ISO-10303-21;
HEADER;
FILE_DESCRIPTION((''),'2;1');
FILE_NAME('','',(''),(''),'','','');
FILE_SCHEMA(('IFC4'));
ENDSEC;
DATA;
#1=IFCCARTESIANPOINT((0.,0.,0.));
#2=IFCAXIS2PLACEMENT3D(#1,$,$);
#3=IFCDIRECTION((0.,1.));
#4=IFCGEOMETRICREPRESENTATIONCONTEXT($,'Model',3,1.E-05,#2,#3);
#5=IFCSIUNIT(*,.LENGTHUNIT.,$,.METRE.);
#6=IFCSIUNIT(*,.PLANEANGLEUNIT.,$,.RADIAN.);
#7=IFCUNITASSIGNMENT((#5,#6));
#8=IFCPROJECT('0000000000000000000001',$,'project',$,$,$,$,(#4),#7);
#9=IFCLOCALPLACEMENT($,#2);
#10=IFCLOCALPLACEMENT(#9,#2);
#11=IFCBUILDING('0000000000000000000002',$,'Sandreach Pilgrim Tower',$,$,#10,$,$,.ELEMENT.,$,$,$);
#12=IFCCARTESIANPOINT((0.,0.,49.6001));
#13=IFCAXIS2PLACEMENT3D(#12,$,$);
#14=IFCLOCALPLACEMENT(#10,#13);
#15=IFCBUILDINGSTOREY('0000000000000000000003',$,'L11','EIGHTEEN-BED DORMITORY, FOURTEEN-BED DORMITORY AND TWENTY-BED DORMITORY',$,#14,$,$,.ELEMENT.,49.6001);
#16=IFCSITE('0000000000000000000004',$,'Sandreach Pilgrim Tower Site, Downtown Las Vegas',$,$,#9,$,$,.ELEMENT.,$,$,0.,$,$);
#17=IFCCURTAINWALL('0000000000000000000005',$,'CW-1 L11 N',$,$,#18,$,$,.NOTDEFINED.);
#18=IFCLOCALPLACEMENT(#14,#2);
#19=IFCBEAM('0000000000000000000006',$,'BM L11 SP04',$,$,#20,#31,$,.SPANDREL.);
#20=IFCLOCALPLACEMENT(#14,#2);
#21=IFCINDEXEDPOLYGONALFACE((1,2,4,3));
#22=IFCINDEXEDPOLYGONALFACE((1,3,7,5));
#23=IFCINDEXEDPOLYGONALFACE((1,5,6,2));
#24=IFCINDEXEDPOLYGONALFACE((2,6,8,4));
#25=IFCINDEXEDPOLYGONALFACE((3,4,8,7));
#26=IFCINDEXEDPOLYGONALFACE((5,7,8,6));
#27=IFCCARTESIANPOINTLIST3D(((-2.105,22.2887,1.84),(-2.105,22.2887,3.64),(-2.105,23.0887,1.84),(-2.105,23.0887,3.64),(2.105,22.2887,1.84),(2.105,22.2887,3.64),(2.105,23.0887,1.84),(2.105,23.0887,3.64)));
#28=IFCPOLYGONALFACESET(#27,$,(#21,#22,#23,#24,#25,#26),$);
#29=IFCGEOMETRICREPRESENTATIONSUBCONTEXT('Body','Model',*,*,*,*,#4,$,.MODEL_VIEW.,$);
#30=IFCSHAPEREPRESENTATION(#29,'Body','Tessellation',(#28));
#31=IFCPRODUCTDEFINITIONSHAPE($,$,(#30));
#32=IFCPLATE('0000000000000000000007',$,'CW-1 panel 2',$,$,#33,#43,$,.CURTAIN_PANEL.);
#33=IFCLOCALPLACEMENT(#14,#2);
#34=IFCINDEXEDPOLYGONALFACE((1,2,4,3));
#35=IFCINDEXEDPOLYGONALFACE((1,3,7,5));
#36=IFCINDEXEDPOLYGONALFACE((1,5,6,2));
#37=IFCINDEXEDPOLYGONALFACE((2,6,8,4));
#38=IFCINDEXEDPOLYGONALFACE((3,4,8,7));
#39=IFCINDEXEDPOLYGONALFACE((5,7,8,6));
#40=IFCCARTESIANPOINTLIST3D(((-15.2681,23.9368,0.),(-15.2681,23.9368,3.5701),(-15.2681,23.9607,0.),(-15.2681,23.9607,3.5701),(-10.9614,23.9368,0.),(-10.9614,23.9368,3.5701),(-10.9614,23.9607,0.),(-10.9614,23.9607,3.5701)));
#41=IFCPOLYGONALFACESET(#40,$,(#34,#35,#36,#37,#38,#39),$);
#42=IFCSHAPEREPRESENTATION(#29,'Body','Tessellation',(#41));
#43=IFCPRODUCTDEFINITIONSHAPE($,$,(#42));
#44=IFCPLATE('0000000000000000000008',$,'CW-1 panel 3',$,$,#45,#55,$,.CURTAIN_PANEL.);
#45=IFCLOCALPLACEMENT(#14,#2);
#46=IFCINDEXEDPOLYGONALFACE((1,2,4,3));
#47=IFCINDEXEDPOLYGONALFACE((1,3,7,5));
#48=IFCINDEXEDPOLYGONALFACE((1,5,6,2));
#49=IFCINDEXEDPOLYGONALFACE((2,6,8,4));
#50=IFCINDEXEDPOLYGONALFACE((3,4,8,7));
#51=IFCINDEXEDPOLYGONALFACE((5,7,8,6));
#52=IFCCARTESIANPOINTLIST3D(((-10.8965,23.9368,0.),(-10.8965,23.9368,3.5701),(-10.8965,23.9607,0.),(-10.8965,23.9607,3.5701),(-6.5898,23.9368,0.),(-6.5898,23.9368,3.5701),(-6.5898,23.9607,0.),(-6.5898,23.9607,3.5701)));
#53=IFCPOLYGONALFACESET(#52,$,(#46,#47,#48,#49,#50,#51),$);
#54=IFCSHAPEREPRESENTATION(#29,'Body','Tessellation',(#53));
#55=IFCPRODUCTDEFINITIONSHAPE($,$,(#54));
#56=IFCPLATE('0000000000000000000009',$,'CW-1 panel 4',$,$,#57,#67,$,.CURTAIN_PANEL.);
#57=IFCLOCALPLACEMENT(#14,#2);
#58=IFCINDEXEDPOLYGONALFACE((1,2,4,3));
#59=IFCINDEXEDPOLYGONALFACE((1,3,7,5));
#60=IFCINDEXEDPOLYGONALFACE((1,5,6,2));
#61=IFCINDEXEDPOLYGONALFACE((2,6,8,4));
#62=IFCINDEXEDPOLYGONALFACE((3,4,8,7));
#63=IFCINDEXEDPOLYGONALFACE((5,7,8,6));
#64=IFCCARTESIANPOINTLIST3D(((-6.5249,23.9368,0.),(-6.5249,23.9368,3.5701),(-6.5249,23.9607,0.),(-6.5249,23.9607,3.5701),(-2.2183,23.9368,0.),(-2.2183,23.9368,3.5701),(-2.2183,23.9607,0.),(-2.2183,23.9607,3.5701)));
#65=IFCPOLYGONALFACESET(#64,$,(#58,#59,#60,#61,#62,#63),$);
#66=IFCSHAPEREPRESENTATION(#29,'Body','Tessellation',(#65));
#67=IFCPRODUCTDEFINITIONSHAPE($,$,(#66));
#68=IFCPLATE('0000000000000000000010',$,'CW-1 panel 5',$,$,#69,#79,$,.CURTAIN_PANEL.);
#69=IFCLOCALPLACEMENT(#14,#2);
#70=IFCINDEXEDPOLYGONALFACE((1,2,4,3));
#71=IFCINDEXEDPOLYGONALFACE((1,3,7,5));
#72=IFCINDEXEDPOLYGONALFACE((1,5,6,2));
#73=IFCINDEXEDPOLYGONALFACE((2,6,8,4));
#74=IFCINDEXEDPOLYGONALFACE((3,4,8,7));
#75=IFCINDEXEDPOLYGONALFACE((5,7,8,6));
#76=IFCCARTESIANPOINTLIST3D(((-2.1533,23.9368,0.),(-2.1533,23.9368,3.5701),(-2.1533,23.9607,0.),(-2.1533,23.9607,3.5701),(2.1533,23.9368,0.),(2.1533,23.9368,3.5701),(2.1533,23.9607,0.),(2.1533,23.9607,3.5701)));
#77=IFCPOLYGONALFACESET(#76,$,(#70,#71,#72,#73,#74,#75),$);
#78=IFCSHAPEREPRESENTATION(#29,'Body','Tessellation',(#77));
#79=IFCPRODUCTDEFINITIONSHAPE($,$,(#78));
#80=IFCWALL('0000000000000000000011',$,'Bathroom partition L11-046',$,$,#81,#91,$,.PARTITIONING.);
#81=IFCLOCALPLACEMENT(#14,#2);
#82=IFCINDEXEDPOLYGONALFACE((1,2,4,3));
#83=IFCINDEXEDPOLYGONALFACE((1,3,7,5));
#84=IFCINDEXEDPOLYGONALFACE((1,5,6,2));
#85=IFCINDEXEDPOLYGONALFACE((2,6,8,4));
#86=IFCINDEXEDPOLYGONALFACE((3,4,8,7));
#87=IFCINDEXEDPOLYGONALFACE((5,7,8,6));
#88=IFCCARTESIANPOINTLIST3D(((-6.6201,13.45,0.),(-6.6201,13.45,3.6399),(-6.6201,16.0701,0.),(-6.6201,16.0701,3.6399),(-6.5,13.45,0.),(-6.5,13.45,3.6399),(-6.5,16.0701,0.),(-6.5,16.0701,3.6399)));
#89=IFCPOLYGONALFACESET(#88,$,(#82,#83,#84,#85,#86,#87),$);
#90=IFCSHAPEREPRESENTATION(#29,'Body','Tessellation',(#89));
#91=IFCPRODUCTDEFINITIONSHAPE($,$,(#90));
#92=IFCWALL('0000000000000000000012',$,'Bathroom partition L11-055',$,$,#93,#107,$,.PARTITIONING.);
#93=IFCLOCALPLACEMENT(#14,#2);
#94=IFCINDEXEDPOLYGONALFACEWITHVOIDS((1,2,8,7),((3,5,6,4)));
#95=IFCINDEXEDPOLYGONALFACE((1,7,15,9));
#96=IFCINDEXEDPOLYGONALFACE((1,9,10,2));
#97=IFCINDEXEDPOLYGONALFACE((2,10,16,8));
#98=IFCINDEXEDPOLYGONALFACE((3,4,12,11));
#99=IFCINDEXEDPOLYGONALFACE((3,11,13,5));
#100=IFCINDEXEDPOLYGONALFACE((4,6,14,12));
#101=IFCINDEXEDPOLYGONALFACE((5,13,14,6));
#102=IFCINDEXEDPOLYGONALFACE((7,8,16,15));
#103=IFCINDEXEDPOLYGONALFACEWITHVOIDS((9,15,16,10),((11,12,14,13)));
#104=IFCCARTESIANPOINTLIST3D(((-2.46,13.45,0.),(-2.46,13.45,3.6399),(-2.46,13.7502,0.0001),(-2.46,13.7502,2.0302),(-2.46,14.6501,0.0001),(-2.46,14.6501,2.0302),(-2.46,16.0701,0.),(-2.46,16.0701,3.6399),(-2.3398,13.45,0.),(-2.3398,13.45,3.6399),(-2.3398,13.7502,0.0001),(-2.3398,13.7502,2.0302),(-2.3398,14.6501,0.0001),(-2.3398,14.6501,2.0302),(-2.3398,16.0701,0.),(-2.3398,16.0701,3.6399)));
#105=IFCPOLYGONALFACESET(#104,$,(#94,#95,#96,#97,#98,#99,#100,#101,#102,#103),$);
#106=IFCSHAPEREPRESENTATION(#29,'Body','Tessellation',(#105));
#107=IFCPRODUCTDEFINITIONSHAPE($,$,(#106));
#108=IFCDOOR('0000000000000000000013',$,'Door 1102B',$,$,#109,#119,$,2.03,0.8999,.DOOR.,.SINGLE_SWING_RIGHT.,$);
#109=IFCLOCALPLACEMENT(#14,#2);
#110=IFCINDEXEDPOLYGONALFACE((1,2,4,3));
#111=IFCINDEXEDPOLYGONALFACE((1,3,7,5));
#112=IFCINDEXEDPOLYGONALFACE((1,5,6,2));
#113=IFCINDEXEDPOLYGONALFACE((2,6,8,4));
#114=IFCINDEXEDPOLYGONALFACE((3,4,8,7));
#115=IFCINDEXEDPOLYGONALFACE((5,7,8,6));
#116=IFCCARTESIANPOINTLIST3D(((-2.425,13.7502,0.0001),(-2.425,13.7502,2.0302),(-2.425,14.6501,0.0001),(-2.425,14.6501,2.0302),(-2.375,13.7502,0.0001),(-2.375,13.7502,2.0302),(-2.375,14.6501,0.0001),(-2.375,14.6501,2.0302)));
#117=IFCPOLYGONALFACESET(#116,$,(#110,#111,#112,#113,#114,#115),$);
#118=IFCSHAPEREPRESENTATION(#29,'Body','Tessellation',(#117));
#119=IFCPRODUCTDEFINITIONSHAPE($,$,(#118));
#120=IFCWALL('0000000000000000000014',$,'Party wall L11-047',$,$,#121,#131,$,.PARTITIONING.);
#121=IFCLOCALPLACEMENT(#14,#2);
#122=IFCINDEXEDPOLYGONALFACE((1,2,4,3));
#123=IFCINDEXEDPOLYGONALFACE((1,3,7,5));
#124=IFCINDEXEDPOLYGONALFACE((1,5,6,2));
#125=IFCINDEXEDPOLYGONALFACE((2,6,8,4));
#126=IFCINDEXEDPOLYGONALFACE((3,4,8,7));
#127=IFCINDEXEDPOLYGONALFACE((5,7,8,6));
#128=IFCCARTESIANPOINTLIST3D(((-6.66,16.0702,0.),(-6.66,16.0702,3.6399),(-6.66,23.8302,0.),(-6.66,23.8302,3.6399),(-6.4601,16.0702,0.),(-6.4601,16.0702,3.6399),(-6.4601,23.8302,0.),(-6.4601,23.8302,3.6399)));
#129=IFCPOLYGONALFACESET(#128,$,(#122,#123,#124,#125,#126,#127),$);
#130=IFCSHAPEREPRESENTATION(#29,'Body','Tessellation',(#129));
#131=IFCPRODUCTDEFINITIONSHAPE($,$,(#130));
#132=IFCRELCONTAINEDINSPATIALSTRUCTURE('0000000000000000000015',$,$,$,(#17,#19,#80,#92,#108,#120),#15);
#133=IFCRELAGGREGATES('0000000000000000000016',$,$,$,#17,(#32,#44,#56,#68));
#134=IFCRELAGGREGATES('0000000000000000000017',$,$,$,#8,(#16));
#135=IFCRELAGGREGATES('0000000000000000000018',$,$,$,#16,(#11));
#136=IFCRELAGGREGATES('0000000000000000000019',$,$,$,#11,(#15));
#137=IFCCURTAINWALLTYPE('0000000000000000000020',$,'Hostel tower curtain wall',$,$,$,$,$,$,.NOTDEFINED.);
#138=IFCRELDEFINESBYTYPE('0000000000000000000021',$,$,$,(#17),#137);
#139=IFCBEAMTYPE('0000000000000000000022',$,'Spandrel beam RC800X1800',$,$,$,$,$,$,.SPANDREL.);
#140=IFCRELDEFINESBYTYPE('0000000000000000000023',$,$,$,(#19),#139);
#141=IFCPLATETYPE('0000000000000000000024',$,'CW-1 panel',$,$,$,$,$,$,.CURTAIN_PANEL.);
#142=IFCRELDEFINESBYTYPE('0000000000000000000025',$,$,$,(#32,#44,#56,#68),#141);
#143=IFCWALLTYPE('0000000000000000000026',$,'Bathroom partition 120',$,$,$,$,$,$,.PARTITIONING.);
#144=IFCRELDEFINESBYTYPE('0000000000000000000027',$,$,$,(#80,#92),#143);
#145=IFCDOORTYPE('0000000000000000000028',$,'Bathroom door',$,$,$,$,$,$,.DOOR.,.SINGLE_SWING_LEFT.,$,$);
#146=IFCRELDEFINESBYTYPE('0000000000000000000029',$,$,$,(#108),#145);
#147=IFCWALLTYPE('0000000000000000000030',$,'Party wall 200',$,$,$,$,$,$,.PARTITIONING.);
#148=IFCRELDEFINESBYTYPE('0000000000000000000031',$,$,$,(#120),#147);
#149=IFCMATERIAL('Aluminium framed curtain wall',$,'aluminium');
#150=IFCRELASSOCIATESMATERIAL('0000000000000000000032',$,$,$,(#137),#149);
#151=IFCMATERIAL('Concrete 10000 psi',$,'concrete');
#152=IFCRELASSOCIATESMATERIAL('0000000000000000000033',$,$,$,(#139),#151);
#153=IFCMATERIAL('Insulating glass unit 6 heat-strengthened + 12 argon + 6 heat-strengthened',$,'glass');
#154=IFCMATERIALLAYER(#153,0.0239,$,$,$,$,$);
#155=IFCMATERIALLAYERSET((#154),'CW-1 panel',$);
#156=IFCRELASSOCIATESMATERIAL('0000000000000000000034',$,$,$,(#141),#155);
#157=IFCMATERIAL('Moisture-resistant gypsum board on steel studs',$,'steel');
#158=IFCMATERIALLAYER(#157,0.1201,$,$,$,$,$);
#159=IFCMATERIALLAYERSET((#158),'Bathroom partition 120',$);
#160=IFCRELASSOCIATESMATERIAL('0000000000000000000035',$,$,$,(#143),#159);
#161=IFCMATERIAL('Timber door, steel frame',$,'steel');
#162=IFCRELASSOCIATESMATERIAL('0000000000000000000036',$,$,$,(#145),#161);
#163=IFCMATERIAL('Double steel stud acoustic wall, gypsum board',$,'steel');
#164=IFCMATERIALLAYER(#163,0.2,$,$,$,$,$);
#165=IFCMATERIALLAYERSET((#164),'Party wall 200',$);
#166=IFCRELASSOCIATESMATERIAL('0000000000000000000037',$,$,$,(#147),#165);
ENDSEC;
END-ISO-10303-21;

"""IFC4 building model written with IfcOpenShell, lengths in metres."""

from ifc_helpers import new_model, si_unit, direction, frame, frame_2d, origin, origin_2d, place, context, subcontext, project, spatial, rectangle, extrude, material, layer, layer_set, material_profile, profile_set, type_object, element, fill, aggregate, save


model = new_model("IFC4")

# Units and contexts
model_context = context("Model", 3, precision=1e-05, world=origin(), true_north=direction((0.0, 1.0)))
body_context = subcontext(model_context, "Body", "Model", "MODEL_VIEW")
ifc_project = project(units=[si_unit("LENGTHUNIT", "METRE"), si_unit("PLANEANGLEUNIT", "RADIAN")], contexts=[model_context])

# Site, building, storey
site_placement = place(None, origin())
site = spatial("IfcSite", under=ifc_project, at=site_placement, Name="Sandreach Pilgrim Tower Site, Downtown Las Vegas", CompositionType="ELEMENT", RefElevation=0.0)
building_placement = place(site_placement, origin())
building = spatial("IfcBuilding", under=site, at=building_placement, Name="Sandreach Pilgrim Tower", CompositionType="ELEMENT")
storey_placement = place(building_placement, frame((0.0, 0.0, 49.6001)))
storey = spatial("IfcBuildingStorey", under=building, at=storey_placement, Name="L11", Description="EIGHTEEN-BED DORMITORY, FOURTEEN-BED DORMITORY AND TWENTY-BED DORMITORY", CompositionType="ELEMENT", Elevation=49.6001)

# Curtain wall
ifc_material_1 = material(Name="Aluminium framed curtain wall", Category="aluminium")
curtain_wall_type = type_object("IfcCurtainWallType", Name="Hostel tower curtain wall", PredefinedType="NOTDEFINED", material=ifc_material_1)
curtain_wall_placement = place(storey_placement, origin())
curtain_wall = element("IfcCurtainWall", 1, at=curtain_wall_placement, inside=storey, type_object=curtain_wall_type, Name="CW-1 L11 N", PredefinedType="NOTDEFINED")

# Beam
ifc_material_2 = material(Name="Concrete 10000 psi", Category="concrete")
ifc_material_profile_1 = material_profile(ifc_material_2, rectangle(XDim=0.8, YDim=1.8, at=origin_2d()), Name="RC800X1800")
ifc_profile_set_1 = profile_set([ifc_material_profile_1], Name="Concrete 10000 psi")
beam_type_1 = type_object("IfcBeamType", Name="Spandrel beam RC800X1800", PredefinedType="SPANDREL", material=ifc_profile_set_1)
for number, where, z_axis, x_axis, name in (
    (2, (-2.105, 22.6887, 2.74), (1.0, 0.0, 0.0), (0.0, 1.0, 0.0), "BM L11 SP04"),
):
    element("IfcBeam", number, at=place(storey_placement, frame(where, z_axis=z_axis, x_axis=x_axis)), inside=storey, type_object=beam_type_1, Name=name, PredefinedType="SPANDREL", context=body_context, shape_type="SweptSolid", body=[
        extrude(rectangle(XDim=0.8, YDim=1.8, at=origin_2d()), origin(), (0.0, 0.0, 1.0), 4.21),
    ])

# Plates
ifc_material_3 = material(Name="Insulating glass unit 6 heat-strengthened + 12 argon + 6 heat-strengthened", Category="glass")
ifc_layer_1 = layer(ifc_material_3, 0.0239)
ifc_layer_set_1 = layer_set([ifc_layer_1], Name="CW-1 panel")
plate_type = type_object("IfcPlateType", Name="CW-1 panel", PredefinedType="CURTAIN_PANEL", material=ifc_layer_set_1)
plate_1_placement = place(storey_placement, frame((-13.1147, 23.9487, 0.0), z_axis=(0.0, 0.0, 1.0), x_axis=(1.0, 0.0, 0.0)))
plate_1 = element("IfcPlate", 3, at=plate_1_placement, type_object=plate_type, Name="CW-1 panel 2", PredefinedType="CURTAIN_PANEL", context=body_context, shape_type="SweptSolid", body=[
    extrude(rectangle(XDim=4.3066, YDim=0.0239, at=origin_2d()), origin(), (0.0, 0.0, 1.0), 3.5701),
])
plate_2_placement = place(storey_placement, frame((-8.7432, 23.9487, 0.0), z_axis=(0.0, 0.0, 1.0), x_axis=(1.0, 0.0, 0.0)))
plate_2 = element("IfcPlate", 4, at=plate_2_placement, type_object=plate_type, Name="CW-1 panel 3", PredefinedType="CURTAIN_PANEL", context=body_context, shape_type="SweptSolid", body=[
    extrude(rectangle(XDim=4.3066, YDim=0.0239, at=origin_2d()), origin(), (0.0, 0.0, 1.0), 3.5701),
])
plate_3_placement = place(storey_placement, frame((-4.3716, 23.9487, 0.0), z_axis=(0.0, 0.0, 1.0), x_axis=(1.0, 0.0, 0.0)))
plate_3 = element("IfcPlate", 5, at=plate_3_placement, type_object=plate_type, Name="CW-1 panel 4", PredefinedType="CURTAIN_PANEL", context=body_context, shape_type="SweptSolid", body=[
    extrude(rectangle(XDim=4.3066, YDim=0.0239, at=origin_2d()), origin(), (0.0, 0.0, 1.0), 3.5701),
])
plate_4_placement = place(storey_placement, frame((0.0, 23.9487, 0.0), z_axis=(0.0, 0.0, 1.0), x_axis=(1.0, 0.0, 0.0)))
plate_4 = element("IfcPlate", 6, at=plate_4_placement, type_object=plate_type, Name="CW-1 panel 5", PredefinedType="CURTAIN_PANEL", context=body_context, shape_type="SweptSolid", body=[
    extrude(rectangle(XDim=4.3066, YDim=0.0239, at=origin_2d()), origin(), (0.0, 0.0, 1.0), 3.5701),
])
aggregate(curtain_wall, [plate_1, plate_2, plate_3, plate_4])

# Wall
ifc_material_4 = material(Name="Moisture-resistant gypsum board on steel studs", Category="steel")
ifc_layer_2 = layer(ifc_material_4, 0.1201)
ifc_layer_set_2 = layer_set([ifc_layer_2], Name="Bathroom partition 120")
wall_type_1 = type_object("IfcWallType", Name="Bathroom partition 120", PredefinedType="PARTITIONING", material=ifc_layer_set_2)
wall_1_placement = place(storey_placement, frame((-6.5601, 16.0701, 0.0), z_axis=(0.0, 0.0, 1.0), x_axis=(0.0, -1.0, 0.0)))
element("IfcWall", 7, at=wall_1_placement, inside=storey, type_object=wall_type_1, Name="Bathroom partition L11-046", PredefinedType="PARTITIONING", context=body_context, shape_type="SweptSolid", body=[
    extrude(rectangle(XDim=2.6201, YDim=0.1201, at=frame_2d((1.3101, 0.0))), origin(), (0.0, 0.0, 1.0), 3.6399),
])

# Wall, opening, door
wall_2_placement = place(storey_placement, frame((-2.3999, 16.0701, 0.0), z_axis=(0.0, 0.0, 1.0), x_axis=(0.0, -1.0, 0.0)))
wall_2 = element("IfcWall", 8, at=wall_2_placement, inside=storey, type_object=wall_type_1, Name="Bathroom partition L11-055", PredefinedType="PARTITIONING", context=body_context, shape_type="SweptSolid", body=[
    extrude(rectangle(XDim=2.6201, YDim=0.1201, at=frame_2d((1.3101, 0.0))), origin(), (0.0, 0.0, 1.0), 3.6399),
])
opening_placement = place(wall_2_placement, frame((1.4199, 0.0, 0.0)))
opening = element("IfcOpeningElement", 9, at=opening_placement, cuts=wall_2, PredefinedType="OPENING", context=body_context, shape_type="SweptSolid", body=[
    extrude(rectangle(XDim=0.8999, YDim=2.03, at=frame_2d((0.45, 1.0151))), frame((0.0, 0.0601, 0.0), z_axis=(0.0, -1.0, 0.0), x_axis=(1.0, 0.0, 0.0)), (0.0, 0.0, 1.0), 0.1201),
])
ifc_material_5 = material(Name="Timber door, steel frame", Category="steel")
door_type = type_object("IfcDoorType", Name="Bathroom door", OperationType="SINGLE_SWING_LEFT", PredefinedType="DOOR", material=ifc_material_5)
door_placement = place(opening_placement, origin())
door = element("IfcDoor", 10, at=door_placement, inside=storey, type_object=door_type, Name="Door 1102B", OperationType="SINGLE_SWING_RIGHT", OverallHeight=2.03, OverallWidth=0.8999, PredefinedType="DOOR", context=body_context, shape_type="SweptSolid", body=[
    extrude(rectangle(XDim=0.8999, YDim=2.03, at=frame_2d((0.45, 1.0151))), frame((0.0, 0.0249, 0.0), z_axis=(0.0, -1.0, 0.0), x_axis=(1.0, 0.0, 0.0)), (0.0, 0.0, 1.0), 0.05),
])
fill(opening, door)

# Wall
ifc_material_6 = material(Name="Double steel stud acoustic wall, gypsum board", Category="steel")
ifc_layer_3 = layer(ifc_material_6, 0.2)
ifc_layer_set_3 = layer_set([ifc_layer_3], Name="Party wall 200")
wall_type_2 = type_object("IfcWallType", Name="Party wall 200", PredefinedType="PARTITIONING", material=ifc_layer_set_3)
wall_3_placement = place(storey_placement, frame((-6.5601, 23.8301, 0.0), z_axis=(0.0, 0.0, 1.0), x_axis=(0.0, -1.0, 0.0)))
element("IfcWall", 11, at=wall_3_placement, inside=storey, type_object=wall_type_2, Name="Party wall L11-047", PredefinedType="PARTITIONING", context=body_context, shape_type="SweptSolid", body=[
    extrude(rectangle(XDim=7.76, YDim=0.2, at=frame_2d((3.8799, 0.0))), origin(), (0.0, 0.0, 1.0), 3.6399),
])

save(model, "model.ifc")
